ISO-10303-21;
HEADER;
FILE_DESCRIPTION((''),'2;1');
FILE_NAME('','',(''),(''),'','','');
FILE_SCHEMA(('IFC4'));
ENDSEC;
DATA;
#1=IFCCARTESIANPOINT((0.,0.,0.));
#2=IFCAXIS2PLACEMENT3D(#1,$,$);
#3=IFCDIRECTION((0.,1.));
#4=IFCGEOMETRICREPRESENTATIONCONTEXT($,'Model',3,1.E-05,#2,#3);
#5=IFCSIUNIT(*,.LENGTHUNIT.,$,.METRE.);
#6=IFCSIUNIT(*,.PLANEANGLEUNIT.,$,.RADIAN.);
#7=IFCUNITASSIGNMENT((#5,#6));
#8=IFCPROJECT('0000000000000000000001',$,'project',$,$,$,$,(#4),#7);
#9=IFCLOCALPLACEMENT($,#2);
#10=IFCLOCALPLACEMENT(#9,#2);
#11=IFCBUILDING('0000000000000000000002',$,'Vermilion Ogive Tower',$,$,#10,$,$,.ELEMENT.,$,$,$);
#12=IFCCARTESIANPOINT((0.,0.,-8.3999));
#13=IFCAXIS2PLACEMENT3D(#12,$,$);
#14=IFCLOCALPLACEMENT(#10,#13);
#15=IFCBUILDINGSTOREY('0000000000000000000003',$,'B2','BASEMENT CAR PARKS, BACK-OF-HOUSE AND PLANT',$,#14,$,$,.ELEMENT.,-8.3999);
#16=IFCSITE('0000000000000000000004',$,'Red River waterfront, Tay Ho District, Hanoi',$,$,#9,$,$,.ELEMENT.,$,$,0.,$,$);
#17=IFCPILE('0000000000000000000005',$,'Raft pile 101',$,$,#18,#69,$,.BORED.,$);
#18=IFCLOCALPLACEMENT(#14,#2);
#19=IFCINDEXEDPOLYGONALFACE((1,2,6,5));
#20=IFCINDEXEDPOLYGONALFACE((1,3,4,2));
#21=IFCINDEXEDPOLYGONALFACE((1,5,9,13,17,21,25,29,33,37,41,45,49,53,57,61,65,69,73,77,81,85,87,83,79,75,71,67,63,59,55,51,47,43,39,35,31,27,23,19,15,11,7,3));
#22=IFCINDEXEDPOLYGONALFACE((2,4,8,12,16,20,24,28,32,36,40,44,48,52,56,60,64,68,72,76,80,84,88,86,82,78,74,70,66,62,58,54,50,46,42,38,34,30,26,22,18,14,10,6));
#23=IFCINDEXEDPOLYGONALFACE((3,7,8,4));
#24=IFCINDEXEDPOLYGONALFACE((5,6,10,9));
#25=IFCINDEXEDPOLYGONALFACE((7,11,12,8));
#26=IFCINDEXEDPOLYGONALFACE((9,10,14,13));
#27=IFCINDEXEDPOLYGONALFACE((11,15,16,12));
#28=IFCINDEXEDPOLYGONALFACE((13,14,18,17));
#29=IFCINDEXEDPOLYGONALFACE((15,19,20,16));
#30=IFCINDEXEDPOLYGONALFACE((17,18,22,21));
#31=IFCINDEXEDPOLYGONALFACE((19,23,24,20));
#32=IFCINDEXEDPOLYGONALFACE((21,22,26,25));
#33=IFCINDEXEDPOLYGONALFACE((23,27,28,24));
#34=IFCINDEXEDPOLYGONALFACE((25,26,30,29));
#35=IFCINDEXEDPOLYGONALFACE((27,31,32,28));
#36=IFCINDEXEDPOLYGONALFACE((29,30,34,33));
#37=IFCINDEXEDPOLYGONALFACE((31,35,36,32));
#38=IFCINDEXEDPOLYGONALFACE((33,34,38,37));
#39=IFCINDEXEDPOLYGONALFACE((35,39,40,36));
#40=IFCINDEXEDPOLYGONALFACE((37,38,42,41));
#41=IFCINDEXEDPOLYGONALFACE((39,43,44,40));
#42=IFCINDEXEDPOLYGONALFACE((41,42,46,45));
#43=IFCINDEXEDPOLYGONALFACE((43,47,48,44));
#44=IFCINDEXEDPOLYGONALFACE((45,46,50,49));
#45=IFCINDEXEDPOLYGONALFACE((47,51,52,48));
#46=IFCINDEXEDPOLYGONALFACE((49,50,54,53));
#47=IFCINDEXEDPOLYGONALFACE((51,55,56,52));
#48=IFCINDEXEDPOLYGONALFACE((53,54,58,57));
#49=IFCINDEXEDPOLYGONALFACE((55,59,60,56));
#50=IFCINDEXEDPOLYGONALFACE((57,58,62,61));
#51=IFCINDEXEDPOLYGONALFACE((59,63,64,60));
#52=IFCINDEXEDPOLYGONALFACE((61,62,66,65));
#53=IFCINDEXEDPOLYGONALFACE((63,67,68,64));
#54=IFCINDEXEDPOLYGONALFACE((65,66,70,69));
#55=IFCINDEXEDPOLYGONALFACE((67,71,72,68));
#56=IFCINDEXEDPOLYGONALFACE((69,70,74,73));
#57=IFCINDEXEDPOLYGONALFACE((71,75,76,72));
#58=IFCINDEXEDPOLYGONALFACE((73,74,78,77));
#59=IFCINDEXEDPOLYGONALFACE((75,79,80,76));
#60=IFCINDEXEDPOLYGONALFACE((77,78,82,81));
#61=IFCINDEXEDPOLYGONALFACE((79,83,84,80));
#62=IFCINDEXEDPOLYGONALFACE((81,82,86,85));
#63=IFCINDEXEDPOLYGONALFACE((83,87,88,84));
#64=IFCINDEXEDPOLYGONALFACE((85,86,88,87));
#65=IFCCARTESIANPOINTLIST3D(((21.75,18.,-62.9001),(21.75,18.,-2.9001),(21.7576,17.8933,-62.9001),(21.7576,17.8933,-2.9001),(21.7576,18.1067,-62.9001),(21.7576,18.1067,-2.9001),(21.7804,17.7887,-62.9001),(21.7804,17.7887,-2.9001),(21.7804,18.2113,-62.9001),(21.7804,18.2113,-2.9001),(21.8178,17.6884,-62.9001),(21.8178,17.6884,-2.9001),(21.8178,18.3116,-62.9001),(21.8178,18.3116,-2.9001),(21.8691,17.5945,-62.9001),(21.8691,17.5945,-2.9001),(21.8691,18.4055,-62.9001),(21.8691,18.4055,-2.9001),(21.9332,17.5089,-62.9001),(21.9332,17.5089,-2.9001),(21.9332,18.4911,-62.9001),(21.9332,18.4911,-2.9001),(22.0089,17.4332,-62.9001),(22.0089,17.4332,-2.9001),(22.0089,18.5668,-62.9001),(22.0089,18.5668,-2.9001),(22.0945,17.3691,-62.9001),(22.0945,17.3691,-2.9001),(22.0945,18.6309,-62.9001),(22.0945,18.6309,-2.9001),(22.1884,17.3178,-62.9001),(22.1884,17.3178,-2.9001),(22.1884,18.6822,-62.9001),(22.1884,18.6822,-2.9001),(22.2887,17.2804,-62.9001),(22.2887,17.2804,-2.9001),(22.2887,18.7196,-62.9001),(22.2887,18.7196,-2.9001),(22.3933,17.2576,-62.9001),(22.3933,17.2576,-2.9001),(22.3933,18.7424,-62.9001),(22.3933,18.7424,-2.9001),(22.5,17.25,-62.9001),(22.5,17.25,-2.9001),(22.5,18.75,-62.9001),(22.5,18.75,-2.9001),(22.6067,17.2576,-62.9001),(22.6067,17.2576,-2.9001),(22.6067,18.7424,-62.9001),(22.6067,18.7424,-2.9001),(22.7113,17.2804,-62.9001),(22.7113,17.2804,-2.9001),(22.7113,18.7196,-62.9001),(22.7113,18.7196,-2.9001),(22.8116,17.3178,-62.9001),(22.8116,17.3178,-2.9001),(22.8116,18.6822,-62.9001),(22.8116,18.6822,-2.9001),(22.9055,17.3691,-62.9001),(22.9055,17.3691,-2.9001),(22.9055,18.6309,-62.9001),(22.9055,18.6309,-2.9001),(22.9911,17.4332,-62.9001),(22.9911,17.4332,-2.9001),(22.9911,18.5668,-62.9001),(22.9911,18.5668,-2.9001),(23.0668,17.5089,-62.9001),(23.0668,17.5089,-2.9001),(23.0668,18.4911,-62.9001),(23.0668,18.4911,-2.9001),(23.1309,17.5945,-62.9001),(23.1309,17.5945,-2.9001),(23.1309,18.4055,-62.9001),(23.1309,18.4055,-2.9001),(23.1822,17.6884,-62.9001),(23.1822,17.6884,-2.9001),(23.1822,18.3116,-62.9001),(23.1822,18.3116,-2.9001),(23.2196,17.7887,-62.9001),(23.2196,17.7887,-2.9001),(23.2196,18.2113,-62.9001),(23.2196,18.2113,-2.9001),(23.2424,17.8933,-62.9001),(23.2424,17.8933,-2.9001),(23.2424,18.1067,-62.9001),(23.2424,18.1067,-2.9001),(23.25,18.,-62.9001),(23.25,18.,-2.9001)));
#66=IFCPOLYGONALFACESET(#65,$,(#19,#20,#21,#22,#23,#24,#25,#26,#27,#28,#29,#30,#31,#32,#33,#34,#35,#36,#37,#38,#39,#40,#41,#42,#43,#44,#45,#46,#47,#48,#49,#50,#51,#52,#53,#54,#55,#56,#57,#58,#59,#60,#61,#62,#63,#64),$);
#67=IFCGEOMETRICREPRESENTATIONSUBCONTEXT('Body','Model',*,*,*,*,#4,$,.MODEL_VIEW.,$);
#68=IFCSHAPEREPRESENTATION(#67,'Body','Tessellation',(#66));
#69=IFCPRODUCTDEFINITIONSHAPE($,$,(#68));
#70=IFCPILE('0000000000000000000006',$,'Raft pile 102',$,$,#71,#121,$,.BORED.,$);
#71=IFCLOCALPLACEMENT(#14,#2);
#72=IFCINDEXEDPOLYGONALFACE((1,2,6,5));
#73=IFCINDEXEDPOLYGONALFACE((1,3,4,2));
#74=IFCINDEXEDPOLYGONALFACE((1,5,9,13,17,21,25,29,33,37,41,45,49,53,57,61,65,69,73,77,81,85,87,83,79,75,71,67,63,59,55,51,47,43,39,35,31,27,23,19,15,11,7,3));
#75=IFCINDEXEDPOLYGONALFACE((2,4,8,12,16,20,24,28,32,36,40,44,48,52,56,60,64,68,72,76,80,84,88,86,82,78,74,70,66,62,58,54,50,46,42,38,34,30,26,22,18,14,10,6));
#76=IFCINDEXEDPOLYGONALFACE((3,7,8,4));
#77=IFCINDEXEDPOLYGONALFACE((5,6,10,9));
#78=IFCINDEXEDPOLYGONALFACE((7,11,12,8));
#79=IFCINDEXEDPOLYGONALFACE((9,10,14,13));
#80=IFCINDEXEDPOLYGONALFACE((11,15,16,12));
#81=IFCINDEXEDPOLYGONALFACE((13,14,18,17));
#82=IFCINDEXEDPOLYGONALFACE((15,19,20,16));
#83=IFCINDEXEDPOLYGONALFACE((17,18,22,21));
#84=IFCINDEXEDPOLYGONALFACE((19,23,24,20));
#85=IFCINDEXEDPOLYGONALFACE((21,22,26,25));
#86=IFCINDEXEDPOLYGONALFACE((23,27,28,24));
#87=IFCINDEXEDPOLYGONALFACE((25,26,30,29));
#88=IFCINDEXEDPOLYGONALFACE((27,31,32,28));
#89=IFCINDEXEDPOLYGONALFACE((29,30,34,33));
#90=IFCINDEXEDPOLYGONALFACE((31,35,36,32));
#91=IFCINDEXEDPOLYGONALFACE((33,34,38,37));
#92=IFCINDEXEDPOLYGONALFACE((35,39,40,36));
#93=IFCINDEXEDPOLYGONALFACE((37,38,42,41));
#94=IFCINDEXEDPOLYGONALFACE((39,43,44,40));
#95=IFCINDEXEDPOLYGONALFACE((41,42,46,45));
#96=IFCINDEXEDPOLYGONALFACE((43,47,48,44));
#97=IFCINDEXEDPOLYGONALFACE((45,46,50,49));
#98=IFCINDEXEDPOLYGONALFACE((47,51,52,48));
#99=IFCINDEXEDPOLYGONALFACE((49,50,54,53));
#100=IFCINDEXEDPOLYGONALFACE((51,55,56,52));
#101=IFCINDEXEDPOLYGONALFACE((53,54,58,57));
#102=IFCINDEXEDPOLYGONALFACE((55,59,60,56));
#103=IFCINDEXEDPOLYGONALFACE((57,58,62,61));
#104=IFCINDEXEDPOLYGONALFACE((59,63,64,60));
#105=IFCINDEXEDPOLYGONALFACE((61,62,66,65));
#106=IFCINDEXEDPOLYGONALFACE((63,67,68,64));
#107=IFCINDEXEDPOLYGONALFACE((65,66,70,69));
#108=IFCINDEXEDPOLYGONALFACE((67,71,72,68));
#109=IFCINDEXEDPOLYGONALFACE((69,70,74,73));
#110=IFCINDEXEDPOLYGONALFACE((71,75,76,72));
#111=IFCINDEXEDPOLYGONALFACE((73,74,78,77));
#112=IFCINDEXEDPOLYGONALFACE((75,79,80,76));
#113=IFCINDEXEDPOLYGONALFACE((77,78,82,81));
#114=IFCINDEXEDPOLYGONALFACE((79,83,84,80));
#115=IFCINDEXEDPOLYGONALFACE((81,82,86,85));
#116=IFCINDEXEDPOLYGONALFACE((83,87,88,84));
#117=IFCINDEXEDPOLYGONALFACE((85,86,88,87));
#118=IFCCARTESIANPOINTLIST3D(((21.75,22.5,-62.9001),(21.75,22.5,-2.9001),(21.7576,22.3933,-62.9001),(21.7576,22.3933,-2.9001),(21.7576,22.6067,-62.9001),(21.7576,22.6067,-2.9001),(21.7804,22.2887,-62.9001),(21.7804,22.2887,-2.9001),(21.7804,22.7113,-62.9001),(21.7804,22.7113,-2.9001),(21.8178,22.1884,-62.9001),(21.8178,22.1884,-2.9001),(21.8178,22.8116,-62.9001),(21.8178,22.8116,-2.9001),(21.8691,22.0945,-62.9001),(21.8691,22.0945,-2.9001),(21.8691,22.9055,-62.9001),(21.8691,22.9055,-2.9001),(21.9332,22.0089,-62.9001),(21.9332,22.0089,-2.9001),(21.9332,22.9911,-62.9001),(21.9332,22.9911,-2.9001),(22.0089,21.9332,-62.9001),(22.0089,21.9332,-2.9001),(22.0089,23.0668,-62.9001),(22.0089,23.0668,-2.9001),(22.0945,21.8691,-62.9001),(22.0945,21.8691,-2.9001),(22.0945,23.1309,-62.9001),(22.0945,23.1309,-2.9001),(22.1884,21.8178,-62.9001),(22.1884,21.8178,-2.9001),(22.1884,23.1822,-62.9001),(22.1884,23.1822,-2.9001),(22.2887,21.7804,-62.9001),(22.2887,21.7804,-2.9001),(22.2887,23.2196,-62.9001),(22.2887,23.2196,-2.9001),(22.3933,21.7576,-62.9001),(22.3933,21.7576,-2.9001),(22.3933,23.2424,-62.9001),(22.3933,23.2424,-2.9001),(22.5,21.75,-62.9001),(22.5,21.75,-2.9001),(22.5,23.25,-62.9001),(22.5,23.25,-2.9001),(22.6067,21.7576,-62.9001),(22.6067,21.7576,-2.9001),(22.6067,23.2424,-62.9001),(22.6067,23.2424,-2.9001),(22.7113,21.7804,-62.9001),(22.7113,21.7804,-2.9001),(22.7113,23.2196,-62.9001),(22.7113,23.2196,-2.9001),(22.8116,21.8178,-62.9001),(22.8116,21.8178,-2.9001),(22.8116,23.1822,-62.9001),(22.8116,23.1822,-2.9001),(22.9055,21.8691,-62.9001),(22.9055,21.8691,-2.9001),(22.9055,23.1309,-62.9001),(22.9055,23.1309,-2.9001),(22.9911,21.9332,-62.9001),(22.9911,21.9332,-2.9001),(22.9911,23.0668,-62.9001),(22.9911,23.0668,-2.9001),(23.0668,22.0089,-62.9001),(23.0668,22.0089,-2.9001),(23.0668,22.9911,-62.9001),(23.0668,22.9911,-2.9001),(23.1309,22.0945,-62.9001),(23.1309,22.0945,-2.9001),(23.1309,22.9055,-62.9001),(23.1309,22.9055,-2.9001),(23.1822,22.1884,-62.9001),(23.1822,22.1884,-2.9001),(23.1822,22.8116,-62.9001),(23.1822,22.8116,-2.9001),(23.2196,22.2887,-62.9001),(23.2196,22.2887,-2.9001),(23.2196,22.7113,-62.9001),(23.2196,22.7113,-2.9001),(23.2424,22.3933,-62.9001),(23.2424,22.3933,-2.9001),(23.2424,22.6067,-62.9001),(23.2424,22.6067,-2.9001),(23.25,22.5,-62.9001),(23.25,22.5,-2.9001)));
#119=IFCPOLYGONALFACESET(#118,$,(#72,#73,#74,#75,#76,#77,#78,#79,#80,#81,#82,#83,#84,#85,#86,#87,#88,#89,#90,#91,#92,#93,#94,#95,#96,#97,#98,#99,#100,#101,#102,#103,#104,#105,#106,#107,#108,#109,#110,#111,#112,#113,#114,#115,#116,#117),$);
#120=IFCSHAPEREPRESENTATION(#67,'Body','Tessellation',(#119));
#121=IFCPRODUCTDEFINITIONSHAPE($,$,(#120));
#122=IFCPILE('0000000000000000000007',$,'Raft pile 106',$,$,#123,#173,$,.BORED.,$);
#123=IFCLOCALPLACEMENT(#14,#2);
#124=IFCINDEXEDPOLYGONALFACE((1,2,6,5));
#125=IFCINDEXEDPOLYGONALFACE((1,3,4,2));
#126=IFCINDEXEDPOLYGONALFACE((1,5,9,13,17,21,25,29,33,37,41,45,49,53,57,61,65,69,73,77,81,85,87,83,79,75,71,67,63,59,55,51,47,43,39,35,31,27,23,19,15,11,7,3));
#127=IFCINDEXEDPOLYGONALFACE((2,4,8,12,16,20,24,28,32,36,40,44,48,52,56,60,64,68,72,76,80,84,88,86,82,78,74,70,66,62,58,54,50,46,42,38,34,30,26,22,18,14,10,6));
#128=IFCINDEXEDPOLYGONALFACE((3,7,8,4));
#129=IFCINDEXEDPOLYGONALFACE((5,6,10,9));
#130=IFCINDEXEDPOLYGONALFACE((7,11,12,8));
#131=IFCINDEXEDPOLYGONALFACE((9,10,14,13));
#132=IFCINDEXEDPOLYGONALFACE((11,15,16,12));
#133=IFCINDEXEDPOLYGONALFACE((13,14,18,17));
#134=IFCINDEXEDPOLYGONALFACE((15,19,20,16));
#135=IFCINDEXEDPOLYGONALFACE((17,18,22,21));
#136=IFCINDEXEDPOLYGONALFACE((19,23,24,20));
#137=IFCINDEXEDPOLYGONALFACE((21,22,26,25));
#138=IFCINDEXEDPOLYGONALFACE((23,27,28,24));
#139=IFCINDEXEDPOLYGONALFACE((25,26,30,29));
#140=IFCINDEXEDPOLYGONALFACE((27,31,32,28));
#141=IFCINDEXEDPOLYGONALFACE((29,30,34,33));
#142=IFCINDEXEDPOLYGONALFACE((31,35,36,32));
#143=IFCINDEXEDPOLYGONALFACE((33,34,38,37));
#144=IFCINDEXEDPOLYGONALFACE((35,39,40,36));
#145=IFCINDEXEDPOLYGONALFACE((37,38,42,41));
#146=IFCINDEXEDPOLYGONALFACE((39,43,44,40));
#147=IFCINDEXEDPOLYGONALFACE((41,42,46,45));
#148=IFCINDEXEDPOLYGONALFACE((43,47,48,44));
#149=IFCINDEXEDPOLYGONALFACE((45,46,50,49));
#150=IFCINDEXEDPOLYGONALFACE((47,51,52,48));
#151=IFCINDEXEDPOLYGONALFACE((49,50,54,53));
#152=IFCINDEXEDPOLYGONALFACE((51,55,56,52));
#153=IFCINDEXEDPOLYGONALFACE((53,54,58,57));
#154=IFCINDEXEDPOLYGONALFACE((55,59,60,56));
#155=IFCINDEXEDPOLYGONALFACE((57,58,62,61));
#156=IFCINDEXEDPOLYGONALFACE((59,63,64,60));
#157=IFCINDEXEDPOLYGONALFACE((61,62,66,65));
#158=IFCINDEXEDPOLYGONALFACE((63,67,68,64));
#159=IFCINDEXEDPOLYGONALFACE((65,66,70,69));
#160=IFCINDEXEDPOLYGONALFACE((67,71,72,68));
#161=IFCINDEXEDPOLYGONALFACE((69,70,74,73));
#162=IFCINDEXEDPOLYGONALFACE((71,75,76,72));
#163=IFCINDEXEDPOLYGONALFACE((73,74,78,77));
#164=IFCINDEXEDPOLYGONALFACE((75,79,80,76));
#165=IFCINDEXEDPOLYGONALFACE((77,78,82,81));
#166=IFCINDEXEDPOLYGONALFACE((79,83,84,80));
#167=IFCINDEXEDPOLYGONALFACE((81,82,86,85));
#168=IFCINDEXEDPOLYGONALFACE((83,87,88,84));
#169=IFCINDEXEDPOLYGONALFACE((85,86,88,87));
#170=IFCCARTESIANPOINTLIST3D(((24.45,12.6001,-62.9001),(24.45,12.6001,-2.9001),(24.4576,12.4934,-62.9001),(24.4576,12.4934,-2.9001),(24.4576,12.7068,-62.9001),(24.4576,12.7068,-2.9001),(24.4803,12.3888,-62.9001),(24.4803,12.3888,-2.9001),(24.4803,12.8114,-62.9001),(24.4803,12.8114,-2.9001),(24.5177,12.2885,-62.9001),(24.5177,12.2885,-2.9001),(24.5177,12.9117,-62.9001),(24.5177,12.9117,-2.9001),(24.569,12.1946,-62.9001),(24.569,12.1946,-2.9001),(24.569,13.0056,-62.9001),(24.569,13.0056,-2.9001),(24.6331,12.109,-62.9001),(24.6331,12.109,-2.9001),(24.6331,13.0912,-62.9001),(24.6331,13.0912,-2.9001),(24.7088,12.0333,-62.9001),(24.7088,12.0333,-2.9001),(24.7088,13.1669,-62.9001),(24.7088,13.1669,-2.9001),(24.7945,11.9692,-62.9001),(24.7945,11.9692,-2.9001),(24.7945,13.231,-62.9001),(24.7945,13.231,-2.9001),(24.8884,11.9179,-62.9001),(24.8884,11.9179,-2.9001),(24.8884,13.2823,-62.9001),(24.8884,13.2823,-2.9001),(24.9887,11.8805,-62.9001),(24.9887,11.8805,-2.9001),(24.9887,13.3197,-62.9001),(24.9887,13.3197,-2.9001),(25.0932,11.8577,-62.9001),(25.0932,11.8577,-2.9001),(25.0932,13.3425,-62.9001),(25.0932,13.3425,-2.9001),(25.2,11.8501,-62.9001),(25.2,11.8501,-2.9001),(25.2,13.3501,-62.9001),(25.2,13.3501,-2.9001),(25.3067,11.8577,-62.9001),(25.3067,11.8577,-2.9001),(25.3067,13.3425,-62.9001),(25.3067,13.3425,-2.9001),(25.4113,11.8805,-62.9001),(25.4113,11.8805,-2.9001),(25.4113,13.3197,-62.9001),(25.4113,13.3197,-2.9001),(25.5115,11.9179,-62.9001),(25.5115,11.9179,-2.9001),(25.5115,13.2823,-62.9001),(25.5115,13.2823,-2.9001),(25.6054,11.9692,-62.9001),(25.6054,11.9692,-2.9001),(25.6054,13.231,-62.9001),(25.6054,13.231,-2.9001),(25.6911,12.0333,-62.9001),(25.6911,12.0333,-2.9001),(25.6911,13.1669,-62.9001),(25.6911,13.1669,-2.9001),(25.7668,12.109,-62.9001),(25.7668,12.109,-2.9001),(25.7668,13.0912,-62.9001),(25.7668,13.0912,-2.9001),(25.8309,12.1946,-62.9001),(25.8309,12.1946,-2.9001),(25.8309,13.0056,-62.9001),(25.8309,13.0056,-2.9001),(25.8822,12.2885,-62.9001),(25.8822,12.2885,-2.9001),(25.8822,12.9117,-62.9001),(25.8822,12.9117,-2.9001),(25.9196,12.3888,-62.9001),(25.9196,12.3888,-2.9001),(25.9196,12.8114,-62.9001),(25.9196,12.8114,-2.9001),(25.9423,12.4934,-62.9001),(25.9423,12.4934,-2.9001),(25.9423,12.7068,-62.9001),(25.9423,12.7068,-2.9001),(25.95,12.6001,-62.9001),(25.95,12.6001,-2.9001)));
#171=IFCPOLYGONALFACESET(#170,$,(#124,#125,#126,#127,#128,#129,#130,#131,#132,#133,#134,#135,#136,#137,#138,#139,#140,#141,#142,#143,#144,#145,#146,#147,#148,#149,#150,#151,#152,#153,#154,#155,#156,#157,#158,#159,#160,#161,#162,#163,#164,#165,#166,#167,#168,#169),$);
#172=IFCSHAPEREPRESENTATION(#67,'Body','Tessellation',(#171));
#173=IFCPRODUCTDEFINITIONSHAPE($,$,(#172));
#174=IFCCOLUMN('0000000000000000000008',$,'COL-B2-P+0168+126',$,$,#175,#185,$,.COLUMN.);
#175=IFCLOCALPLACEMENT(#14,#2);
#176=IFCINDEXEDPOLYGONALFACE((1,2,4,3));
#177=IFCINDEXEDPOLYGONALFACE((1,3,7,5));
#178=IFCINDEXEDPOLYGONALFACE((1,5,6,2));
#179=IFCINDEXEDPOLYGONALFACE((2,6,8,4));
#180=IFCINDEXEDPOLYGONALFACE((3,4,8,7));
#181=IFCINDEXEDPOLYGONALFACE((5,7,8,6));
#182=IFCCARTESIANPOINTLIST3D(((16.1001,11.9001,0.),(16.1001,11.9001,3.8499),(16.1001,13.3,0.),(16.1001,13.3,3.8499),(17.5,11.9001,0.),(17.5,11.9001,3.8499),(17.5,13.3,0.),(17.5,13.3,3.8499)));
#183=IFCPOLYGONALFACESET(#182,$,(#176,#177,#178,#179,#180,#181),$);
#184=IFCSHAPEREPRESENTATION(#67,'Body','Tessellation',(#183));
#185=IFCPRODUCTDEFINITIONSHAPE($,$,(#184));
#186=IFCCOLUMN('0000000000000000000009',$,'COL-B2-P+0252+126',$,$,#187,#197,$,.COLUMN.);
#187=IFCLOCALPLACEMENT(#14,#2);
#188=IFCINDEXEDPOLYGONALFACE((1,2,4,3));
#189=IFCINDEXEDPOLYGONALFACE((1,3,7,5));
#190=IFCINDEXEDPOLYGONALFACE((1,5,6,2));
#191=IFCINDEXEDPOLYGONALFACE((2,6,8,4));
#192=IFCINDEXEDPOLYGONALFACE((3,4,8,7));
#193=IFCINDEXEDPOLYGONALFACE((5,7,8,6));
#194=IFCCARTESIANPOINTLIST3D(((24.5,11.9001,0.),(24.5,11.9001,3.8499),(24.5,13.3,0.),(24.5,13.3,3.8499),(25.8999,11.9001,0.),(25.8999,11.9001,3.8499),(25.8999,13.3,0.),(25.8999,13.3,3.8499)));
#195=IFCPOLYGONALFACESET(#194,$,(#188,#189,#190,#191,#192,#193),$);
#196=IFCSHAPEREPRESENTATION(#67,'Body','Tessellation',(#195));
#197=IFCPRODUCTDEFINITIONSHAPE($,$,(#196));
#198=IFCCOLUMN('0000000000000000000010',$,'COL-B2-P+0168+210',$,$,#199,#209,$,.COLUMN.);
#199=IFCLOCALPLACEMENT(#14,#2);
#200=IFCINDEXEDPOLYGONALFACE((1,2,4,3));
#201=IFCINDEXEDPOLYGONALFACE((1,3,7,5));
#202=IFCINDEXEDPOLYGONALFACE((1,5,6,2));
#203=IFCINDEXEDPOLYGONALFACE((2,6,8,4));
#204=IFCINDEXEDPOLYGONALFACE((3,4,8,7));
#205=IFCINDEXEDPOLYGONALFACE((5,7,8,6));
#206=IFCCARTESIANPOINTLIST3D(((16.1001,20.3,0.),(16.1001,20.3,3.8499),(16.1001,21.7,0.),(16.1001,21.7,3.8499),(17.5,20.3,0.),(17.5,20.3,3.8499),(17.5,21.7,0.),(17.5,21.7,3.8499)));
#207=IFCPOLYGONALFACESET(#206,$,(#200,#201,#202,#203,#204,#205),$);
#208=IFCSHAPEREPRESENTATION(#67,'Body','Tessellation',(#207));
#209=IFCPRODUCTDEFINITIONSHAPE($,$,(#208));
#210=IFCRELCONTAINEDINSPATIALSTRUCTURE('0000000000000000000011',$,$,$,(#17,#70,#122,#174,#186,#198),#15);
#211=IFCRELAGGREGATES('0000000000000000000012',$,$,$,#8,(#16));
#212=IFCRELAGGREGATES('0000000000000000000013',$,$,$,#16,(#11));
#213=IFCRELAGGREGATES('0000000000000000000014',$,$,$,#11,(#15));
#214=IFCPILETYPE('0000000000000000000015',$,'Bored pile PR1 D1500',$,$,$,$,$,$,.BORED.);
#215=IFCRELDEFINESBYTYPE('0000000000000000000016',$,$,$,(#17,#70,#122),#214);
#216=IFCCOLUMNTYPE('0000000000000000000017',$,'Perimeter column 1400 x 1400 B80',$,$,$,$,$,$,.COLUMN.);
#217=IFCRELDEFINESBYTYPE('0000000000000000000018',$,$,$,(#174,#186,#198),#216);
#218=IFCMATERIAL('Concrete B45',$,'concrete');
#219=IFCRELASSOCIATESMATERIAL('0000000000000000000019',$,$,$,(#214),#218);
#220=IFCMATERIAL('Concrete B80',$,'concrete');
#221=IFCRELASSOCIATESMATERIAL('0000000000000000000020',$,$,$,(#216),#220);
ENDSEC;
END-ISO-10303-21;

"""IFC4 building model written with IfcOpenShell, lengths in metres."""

from ifc_helpers import new_model, si_unit, direction, frame, origin, origin_2d, place, context, subcontext, project, spatial, rectangle, circle, extrude, material, material_profile, profile_set, type_object, element, save


model = new_model("IFC4")

# Units and contexts
model_context = context("Model", 3, precision=1e-05, world=origin(), true_north=direction((0.0, 1.0)))
body_context = subcontext(model_context, "Body", "Model", "MODEL_VIEW")
ifc_project = project(units=[si_unit("LENGTHUNIT", "METRE"), si_unit("PLANEANGLEUNIT", "RADIAN")], contexts=[model_context])

# Site, building, storey
site_placement = place(None, origin())
site = spatial("IfcSite", under=ifc_project, at=site_placement, Name="Red River waterfront, Tay Ho District, Hanoi", CompositionType="ELEMENT", RefElevation=0.0)
building_placement = place(site_placement, origin())
building = spatial("IfcBuilding", under=site, at=building_placement, Name="Vermilion Ogive Tower", CompositionType="ELEMENT")
storey_placement = place(building_placement, frame((0.0, 0.0, -8.3999)))
storey = spatial("IfcBuildingStorey", under=building, at=storey_placement, Name="B2", Description="BASEMENT CAR PARKS, BACK-OF-HOUSE AND PLANT", CompositionType="ELEMENT", Elevation=-8.3999)

# Piles
ifc_material_1 = material(Name="Concrete B45", Category="concrete")
pile_type = type_object("IfcPileType", Name="Bored pile PR1 D1500", PredefinedType="BORED", material=ifc_material_1)
for number, where, z_axis, x_axis, name in (
    (1, (22.5, 18.0, -2.9001), (0.0, 0.0, -1.0), (1.0, 0.0, 0.0), "Raft pile 101"),
    (2, (22.5, 22.5, -2.9001), (0.0, 0.0, -1.0), (1.0, 0.0, 0.0), "Raft pile 102"),
    (3, (25.2, 12.6001, -2.9001), (0.0, 0.0, -1.0), (1.0, 0.0, 0.0), "Raft pile 106"),
):
    element("IfcPile", number, at=place(storey_placement, frame(where, z_axis=z_axis, x_axis=x_axis)), inside=storey, type_object=pile_type, Name=name, PredefinedType="BORED", context=body_context, shape_type="SweptSolid", body=[
        extrude(circle(Radius=0.75, at=origin_2d()), origin(), (0.0, 0.0, 1.0), 60.0),
    ])

# Columns
ifc_material_2 = material(Name="Concrete B80", Category="concrete")
ifc_material_profile_1 = material_profile(ifc_material_2, rectangle(XDim=1.3999, YDim=1.3999, at=origin_2d()), Name="1400 x 1400")
ifc_profile_set_1 = profile_set([ifc_material_profile_1], Name="Concrete B80")
column_type_1 = type_object("IfcColumnType", Name="Perimeter column 1400 x 1400 B80", PredefinedType="COLUMN", material=ifc_profile_set_1)
for number, where, z_axis, x_axis, name in (
    (4, (16.8, 12.6001, 0.0), (0.0, 0.0, 1.0), (1.0, 0.0, 0.0), "COL-B2-P+0168+126"),
    (5, (25.2, 12.6001, 0.0), (0.0, 0.0, 1.0), (1.0, 0.0, 0.0), "COL-B2-P+0252+126"),
    (6, (16.8, 21.0, 0.0), (0.0, 0.0, 1.0), (1.0, 0.0, 0.0), "COL-B2-P+0168+210"),
):
    element("IfcColumn", number, at=place(storey_placement, frame(where, z_axis=z_axis, x_axis=x_axis)), inside=storey, type_object=column_type_1, Name=name, PredefinedType="COLUMN", context=body_context, shape_type="SweptSolid", body=[
        extrude(rectangle(XDim=1.3999, YDim=1.3999, at=origin_2d()), origin(), (0.0, 0.0, 1.0), 3.8499),
    ])

save(model, "model.ifc")
